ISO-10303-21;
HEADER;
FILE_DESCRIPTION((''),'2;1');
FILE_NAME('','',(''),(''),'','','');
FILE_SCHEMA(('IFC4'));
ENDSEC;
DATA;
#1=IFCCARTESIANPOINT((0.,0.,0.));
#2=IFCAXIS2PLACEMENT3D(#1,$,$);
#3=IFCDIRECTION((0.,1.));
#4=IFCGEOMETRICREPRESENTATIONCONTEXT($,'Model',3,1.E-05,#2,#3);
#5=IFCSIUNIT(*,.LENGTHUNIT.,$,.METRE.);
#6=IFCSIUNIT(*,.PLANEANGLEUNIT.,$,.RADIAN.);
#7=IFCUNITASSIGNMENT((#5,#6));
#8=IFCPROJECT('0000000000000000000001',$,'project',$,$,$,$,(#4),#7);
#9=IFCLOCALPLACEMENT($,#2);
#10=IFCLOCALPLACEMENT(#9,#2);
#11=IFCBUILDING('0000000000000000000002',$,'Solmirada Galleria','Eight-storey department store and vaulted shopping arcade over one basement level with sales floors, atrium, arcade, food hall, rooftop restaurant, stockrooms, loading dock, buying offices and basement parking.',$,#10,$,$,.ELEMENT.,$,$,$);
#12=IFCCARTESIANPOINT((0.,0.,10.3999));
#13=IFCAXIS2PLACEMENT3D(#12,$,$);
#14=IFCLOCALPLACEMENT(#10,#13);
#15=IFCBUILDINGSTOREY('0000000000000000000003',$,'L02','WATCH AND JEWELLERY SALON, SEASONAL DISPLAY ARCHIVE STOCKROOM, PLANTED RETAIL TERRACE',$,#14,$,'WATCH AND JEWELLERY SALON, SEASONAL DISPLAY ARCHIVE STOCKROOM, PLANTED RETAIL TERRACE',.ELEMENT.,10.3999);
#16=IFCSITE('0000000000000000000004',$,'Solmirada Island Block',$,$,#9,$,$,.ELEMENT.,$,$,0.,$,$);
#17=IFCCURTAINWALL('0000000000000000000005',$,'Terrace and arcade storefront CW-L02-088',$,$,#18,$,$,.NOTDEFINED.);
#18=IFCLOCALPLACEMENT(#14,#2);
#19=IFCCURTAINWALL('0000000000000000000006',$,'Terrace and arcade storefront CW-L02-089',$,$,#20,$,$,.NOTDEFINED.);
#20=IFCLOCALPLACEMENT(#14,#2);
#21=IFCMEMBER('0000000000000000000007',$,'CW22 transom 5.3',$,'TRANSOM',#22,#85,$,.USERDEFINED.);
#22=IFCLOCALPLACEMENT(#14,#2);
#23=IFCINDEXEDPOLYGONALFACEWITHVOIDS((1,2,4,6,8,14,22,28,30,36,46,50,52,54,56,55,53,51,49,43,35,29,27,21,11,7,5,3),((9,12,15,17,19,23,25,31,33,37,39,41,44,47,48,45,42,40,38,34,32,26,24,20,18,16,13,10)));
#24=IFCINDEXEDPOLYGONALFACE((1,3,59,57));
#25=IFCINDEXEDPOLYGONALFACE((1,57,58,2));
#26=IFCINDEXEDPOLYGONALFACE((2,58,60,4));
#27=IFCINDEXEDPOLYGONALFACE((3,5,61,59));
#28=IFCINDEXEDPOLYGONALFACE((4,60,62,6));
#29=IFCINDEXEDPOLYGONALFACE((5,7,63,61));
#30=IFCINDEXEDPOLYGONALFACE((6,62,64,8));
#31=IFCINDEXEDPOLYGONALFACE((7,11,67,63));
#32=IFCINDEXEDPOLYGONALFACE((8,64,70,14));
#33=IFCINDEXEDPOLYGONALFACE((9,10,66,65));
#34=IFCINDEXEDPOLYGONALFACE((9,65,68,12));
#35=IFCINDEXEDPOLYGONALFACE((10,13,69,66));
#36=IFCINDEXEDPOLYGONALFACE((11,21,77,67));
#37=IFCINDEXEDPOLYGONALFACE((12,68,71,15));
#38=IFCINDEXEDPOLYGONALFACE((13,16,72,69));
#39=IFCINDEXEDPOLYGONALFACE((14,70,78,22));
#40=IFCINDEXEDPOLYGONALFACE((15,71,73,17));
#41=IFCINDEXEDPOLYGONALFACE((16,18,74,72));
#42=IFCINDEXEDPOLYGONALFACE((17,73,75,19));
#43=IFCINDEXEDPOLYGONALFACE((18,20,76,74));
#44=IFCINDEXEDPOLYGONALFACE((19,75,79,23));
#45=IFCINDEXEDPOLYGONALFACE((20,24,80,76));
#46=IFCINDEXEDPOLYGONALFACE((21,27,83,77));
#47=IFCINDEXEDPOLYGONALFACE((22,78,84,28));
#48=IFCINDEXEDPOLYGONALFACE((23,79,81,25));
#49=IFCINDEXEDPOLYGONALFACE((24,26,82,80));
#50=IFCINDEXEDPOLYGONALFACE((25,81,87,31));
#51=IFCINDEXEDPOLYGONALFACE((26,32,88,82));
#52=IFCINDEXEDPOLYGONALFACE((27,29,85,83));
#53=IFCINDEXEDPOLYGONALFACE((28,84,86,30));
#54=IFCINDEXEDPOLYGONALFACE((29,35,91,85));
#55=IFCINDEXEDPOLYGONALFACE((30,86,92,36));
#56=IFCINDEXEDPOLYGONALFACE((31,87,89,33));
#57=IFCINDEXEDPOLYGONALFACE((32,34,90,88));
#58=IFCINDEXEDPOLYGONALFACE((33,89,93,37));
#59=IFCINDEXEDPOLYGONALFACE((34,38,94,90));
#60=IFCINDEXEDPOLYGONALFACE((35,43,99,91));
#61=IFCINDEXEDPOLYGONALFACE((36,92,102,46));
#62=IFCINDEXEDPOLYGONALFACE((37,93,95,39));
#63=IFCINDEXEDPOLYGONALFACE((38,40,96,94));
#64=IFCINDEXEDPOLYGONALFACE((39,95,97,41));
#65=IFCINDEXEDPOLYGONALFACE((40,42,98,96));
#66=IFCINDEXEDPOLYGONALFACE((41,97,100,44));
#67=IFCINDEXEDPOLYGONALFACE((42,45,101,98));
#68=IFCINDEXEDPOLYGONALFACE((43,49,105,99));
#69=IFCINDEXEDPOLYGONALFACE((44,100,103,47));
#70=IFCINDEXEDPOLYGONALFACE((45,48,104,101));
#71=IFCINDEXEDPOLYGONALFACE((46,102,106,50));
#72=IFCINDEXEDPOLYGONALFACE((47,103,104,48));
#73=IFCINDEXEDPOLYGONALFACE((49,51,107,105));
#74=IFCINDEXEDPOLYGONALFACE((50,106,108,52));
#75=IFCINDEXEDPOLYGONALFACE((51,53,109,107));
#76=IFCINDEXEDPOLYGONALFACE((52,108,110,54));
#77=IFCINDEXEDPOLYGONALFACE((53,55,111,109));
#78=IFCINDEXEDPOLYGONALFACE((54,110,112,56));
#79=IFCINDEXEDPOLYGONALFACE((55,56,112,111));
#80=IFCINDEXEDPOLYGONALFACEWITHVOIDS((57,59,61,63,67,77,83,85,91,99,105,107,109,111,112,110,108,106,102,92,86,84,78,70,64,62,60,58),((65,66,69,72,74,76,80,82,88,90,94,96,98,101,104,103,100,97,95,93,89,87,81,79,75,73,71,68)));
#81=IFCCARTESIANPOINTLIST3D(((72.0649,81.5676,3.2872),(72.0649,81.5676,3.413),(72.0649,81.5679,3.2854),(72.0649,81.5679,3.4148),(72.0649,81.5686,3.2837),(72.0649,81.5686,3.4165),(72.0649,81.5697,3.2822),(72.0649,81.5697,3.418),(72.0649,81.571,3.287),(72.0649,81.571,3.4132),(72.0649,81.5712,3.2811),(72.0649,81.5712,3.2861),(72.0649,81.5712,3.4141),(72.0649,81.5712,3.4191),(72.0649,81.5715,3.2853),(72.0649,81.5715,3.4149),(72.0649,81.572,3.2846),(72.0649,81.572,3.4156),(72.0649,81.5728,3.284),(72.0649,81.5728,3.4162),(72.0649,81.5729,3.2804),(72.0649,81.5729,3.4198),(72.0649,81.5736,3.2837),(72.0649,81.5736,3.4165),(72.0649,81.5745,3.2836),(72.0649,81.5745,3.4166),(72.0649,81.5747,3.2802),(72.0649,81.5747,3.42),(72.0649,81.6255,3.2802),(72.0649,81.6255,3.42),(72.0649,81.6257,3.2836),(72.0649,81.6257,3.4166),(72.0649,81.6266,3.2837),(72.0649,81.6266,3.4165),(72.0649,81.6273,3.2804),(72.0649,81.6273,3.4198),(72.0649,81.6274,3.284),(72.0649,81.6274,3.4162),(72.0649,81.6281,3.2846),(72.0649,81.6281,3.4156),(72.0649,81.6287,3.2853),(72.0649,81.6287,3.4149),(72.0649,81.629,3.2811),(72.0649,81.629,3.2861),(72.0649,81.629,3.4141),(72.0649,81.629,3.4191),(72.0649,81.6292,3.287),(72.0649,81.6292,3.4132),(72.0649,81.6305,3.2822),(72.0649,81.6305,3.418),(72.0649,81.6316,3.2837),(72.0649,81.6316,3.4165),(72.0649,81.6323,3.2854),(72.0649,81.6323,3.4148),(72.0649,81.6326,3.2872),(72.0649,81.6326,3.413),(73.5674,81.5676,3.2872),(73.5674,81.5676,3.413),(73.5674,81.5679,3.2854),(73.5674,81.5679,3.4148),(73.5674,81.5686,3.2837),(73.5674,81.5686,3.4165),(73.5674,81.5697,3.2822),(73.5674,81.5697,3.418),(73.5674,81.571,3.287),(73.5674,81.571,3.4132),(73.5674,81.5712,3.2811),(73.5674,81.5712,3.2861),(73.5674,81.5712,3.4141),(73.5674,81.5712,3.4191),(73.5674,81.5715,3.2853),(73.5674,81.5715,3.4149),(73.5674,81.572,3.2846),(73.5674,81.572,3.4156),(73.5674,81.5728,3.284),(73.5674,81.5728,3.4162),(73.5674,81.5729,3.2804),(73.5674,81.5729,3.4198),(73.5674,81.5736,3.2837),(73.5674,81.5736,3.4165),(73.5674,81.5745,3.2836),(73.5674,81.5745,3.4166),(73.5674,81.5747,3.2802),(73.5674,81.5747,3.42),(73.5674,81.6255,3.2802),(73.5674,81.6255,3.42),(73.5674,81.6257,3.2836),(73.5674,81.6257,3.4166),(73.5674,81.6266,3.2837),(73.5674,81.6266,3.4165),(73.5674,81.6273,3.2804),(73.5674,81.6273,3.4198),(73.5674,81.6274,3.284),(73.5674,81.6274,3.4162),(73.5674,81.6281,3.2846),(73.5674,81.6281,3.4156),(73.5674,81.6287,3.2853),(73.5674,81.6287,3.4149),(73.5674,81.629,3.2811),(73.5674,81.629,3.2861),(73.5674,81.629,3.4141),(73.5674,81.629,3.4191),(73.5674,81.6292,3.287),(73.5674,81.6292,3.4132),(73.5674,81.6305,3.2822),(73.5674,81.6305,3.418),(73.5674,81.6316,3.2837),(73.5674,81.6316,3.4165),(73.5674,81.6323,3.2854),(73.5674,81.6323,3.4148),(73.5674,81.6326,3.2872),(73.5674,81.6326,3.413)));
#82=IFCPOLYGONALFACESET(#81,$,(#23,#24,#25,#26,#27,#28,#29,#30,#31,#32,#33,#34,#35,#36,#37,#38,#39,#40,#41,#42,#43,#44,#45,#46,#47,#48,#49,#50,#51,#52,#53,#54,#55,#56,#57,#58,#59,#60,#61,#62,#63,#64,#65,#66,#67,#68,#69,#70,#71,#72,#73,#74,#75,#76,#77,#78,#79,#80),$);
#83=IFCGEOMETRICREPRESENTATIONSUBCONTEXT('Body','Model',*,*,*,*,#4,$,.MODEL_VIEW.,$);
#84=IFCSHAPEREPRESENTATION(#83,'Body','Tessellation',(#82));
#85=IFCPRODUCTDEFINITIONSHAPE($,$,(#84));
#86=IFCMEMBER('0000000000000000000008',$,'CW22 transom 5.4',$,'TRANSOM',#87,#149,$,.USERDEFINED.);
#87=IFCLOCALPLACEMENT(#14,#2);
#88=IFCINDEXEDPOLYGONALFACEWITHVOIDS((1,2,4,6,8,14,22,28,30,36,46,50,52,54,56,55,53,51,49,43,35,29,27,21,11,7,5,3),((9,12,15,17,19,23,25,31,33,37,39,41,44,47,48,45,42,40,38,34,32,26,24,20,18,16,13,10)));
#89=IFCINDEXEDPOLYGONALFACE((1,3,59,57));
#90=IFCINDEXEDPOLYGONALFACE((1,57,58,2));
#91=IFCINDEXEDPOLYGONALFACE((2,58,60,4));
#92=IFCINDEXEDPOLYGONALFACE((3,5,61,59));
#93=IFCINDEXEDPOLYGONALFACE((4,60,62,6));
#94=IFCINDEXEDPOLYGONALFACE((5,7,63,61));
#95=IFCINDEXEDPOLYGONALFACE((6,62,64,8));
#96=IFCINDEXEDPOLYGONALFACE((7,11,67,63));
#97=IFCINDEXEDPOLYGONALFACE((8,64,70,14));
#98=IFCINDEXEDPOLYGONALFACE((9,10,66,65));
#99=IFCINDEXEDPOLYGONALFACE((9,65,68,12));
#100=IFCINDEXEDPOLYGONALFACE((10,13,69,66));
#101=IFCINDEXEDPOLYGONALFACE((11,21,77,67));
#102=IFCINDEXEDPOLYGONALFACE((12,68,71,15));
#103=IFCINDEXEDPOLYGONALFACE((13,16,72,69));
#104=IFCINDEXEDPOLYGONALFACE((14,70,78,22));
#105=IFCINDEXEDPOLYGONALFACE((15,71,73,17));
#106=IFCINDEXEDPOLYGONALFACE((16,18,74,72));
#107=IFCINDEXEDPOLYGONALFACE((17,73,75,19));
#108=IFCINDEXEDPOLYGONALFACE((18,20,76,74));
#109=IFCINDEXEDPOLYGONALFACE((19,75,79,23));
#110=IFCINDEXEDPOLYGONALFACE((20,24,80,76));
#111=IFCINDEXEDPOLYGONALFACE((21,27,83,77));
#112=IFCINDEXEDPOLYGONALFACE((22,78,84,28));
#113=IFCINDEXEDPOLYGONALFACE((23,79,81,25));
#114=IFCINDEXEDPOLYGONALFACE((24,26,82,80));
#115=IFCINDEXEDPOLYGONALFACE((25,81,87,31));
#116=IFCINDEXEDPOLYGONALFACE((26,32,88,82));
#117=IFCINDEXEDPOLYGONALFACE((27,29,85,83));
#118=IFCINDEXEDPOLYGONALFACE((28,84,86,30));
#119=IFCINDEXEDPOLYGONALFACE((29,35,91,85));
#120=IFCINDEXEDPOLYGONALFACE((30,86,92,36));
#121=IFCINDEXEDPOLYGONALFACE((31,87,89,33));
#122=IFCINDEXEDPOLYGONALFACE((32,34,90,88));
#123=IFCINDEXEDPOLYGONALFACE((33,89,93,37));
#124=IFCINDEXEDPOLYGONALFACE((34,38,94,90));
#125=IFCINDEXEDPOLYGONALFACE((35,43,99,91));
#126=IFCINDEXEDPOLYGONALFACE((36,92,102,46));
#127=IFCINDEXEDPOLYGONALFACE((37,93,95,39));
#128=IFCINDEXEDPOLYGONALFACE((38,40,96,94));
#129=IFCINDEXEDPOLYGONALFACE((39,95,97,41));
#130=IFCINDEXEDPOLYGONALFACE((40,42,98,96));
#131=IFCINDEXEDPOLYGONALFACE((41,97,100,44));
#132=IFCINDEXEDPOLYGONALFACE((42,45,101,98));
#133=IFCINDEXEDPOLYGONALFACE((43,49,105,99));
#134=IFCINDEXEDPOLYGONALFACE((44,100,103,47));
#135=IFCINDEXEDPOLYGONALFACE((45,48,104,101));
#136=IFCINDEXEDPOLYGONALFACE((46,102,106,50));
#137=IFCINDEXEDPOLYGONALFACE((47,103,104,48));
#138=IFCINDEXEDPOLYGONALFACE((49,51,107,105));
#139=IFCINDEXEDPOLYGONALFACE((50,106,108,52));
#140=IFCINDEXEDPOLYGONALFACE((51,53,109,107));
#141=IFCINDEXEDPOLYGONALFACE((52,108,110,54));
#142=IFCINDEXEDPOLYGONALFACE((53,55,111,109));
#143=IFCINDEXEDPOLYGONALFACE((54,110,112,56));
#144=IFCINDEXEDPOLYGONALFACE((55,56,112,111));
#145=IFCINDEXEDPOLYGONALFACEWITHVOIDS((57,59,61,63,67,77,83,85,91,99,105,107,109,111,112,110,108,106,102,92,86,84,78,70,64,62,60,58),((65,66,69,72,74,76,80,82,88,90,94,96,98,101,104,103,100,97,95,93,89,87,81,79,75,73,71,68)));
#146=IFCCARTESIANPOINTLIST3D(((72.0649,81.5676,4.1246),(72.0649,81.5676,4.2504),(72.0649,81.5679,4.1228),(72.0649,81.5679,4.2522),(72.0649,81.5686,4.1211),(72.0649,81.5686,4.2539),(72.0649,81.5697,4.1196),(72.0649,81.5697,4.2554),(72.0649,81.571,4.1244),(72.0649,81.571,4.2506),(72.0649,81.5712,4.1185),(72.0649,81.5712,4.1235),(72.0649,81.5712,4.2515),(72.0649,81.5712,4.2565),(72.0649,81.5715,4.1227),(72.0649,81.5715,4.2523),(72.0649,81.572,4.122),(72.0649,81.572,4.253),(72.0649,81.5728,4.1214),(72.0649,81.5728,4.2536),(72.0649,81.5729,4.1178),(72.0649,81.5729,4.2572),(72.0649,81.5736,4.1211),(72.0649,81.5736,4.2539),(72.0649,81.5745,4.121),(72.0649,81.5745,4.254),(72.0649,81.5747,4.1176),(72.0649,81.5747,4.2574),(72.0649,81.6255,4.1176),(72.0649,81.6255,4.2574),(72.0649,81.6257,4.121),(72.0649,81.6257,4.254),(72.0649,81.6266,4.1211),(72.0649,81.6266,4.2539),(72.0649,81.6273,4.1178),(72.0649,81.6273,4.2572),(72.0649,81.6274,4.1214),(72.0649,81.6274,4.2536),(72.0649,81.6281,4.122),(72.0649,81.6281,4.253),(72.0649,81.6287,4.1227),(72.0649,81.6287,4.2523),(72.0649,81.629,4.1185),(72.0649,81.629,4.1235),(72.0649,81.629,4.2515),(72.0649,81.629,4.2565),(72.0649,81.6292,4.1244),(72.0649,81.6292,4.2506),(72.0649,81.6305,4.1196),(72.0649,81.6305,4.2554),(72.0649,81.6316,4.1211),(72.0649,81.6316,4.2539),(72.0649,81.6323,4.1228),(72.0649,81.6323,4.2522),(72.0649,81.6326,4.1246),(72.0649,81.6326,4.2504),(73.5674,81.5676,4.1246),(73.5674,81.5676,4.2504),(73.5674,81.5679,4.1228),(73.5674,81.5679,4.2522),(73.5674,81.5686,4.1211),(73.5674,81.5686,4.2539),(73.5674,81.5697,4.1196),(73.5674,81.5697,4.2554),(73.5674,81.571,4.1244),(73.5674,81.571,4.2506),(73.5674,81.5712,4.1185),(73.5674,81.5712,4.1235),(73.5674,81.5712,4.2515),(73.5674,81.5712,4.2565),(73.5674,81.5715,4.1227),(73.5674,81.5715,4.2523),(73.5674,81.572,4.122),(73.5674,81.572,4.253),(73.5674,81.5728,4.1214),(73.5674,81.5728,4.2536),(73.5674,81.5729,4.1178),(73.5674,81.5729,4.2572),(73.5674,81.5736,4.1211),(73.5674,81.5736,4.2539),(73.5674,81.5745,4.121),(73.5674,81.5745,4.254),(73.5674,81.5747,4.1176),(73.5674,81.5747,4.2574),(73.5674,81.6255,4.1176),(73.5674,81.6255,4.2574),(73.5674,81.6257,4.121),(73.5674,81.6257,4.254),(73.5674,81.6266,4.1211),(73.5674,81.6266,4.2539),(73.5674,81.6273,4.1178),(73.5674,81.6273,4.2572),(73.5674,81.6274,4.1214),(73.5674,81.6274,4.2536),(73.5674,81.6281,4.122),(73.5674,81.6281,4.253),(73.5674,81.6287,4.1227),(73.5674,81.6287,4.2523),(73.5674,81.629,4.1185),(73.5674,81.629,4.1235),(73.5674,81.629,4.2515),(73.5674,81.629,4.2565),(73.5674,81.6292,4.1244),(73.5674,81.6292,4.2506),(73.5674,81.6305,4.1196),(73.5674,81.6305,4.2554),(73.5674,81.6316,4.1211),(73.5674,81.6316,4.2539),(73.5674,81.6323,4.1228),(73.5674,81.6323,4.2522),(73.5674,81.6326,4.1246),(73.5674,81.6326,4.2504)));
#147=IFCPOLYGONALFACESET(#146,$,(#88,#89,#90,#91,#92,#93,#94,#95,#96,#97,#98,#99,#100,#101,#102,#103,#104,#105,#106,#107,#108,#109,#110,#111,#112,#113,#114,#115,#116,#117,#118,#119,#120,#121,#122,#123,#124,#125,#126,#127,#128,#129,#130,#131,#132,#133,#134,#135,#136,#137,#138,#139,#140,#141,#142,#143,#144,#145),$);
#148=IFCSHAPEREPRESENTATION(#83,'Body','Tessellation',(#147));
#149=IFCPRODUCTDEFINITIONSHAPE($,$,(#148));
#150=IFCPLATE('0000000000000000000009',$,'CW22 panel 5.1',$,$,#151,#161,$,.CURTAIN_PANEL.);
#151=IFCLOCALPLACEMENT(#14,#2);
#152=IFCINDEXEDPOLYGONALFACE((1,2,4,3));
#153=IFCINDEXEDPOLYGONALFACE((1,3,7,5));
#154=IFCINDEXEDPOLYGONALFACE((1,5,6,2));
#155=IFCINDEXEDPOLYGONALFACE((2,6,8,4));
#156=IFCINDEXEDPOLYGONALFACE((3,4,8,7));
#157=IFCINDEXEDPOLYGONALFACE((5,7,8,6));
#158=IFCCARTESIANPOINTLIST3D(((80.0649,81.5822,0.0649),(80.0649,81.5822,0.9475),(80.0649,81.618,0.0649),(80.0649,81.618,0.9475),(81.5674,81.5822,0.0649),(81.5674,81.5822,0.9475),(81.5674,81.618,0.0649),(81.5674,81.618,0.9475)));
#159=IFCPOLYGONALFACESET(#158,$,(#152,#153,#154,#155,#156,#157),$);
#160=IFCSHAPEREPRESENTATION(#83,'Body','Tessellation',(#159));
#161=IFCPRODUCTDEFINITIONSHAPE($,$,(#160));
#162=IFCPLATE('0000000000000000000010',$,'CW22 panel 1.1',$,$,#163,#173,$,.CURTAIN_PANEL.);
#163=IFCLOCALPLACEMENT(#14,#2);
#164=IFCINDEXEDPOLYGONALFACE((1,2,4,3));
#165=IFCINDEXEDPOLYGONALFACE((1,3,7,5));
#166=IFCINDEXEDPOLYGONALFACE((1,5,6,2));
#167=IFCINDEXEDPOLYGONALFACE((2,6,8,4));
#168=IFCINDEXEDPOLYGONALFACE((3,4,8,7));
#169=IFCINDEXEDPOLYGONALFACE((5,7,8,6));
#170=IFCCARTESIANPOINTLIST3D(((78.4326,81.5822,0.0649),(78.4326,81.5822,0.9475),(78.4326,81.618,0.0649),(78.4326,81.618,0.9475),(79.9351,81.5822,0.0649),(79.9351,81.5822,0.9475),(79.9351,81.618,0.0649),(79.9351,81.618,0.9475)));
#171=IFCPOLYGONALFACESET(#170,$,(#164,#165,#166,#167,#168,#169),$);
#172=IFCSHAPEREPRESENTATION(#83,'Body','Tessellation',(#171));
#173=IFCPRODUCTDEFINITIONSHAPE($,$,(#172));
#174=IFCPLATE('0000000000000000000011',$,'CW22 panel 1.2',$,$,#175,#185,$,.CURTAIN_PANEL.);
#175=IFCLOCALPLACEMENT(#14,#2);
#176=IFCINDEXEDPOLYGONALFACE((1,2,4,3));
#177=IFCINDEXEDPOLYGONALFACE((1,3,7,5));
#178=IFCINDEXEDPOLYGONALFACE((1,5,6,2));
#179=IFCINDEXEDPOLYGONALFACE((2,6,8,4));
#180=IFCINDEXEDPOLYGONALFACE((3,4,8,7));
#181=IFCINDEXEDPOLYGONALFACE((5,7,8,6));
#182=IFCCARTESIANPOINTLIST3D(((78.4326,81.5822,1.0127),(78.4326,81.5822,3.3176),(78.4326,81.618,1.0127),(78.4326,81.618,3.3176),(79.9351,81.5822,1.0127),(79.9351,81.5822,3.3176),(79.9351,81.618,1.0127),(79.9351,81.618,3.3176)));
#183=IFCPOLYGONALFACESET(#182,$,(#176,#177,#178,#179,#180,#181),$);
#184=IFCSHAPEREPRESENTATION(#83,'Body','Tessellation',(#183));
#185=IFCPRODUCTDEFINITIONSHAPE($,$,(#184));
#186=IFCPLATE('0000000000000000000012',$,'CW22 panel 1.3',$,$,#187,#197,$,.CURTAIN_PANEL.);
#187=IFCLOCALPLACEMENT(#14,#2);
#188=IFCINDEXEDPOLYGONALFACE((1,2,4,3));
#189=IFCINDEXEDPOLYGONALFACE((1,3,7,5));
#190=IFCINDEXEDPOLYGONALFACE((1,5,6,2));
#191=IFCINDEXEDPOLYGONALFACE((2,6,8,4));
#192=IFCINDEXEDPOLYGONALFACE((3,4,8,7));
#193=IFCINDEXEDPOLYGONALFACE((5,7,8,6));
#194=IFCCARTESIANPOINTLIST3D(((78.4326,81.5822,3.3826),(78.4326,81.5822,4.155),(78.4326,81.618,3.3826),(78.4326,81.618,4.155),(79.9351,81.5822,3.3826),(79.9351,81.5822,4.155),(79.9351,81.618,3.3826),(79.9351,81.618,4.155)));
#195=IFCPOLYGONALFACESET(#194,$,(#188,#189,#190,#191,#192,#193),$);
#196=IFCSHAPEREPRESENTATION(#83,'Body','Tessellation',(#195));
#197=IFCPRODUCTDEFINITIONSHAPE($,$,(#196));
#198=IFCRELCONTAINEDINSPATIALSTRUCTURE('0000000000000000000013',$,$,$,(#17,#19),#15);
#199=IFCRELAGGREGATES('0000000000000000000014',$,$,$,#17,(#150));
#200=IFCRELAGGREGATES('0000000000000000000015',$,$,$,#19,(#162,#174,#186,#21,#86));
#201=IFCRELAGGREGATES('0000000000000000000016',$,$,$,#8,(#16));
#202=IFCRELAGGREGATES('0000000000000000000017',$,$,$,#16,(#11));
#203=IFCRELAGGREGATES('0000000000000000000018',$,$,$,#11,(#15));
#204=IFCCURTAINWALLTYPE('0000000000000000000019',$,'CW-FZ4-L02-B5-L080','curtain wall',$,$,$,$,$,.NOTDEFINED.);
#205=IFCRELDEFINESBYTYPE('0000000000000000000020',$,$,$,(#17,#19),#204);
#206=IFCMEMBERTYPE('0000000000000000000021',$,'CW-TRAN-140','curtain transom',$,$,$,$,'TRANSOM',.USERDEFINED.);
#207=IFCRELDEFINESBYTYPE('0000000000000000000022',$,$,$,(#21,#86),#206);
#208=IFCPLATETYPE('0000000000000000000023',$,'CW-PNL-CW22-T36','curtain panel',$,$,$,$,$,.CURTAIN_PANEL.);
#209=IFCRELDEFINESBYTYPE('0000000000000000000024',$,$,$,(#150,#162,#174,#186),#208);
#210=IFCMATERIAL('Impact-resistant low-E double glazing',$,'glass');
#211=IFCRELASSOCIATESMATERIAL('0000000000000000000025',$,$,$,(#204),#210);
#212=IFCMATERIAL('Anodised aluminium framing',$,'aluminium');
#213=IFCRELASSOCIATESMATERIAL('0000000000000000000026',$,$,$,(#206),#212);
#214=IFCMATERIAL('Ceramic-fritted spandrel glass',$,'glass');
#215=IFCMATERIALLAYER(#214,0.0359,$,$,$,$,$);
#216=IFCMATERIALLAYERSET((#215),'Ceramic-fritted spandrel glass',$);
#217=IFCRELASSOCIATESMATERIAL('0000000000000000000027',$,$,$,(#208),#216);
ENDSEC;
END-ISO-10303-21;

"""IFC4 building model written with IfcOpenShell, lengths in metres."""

from ifc_helpers import new_model, si_unit, direction, frame, origin, origin_2d, place, context, subcontext, project, spatial, rectangle, hollow_rectangle, extrude, material, layer, layer_set, material_profile, profile_set, type_object, element, aggregate, save


model = new_model("IFC4")

# Units and contexts
model_context = context("Model", 3, precision=1e-05, world=origin(), true_north=direction((0.0, 1.0)))
body_context = subcontext(model_context, "Body", "Model", "MODEL_VIEW")
ifc_project = project(units=[si_unit("LENGTHUNIT", "METRE"), si_unit("PLANEANGLEUNIT", "RADIAN")], contexts=[model_context])

# Site, building, storey
site_placement = place(None, origin())
site = spatial("IfcSite", under=ifc_project, at=site_placement, Name="Solmirada Island Block", CompositionType="ELEMENT", RefElevation=0.0)
building_placement = place(site_placement, origin())
building = spatial("IfcBuilding", under=site, at=building_placement, Name="Solmirada Galleria", Description="Eight-storey department store and vaulted shopping arcade over one basement level with sales floors, atrium, arcade, food hall, rooftop restaurant, stockrooms, loading dock, buying offices and basement parking.", CompositionType="ELEMENT")
storey_placement = place(building_placement, frame((0.0, 0.0, 10.3999)))
storey = spatial("IfcBuildingStorey", under=building, at=storey_placement, Name="L02", Description="WATCH AND JEWELLERY SALON, SEASONAL DISPLAY ARCHIVE STOCKROOM, PLANTED RETAIL TERRACE", LongName="WATCH AND JEWELLERY SALON, SEASONAL DISPLAY ARCHIVE STOCKROOM, PLANTED RETAIL TERRACE", CompositionType="ELEMENT", Elevation=10.3999)

# Curtain wall
ifc_material_1 = material(Name="Impact-resistant low-E double glazing", Category="glass")
curtain_wall_type = type_object("IfcCurtainWallType", Name="CW-FZ4-L02-B5-L080", Description="curtain wall", PredefinedType="NOTDEFINED", material=ifc_material_1)
curtain_wall_1_placement = place(storey_placement, origin())
curtain_wall_1 = element("IfcCurtainWall", 1, at=curtain_wall_1_placement, inside=storey, type_object=curtain_wall_type, Name="Terrace and arcade storefront CW-L02-088", PredefinedType="NOTDEFINED")
ifc_material_2 = material(Name="Anodised aluminium framing", Category="aluminium")

# Curtain wall, members
curtain_wall_2_placement = place(storey_placement, origin())
curtain_wall_2 = element("IfcCurtainWall", 2, at=curtain_wall_2_placement, inside=storey, type_object=curtain_wall_type, Name="Terrace and arcade storefront CW-L02-089", PredefinedType="NOTDEFINED")
ifc_material_profile_1 = material_profile(ifc_material_2, hollow_rectangle(XDim=0.0649, YDim=0.1399, WallThickness=0.0034, InnerFilletRadius=0.0034, OuterFilletRadius=0.0071, at=origin_2d()), Name="ALU-TRAN-140X65")
ifc_profile_set_1 = profile_set([ifc_material_profile_1], Name="Anodised aluminium framing")
member_type_1 = type_object("IfcMemberType", Name="CW-TRAN-140", Description="curtain transom", ElementType="TRANSOM", PredefinedType="USERDEFINED", material=ifc_profile_set_1)
member_1_placement = place(storey_placement, frame((73.5674, 81.6001, 3.3501), z_axis=(-1.0, 0.0, 0.0), x_axis=(0.0, -1.0, 0.0)))
member_1 = element("IfcMember", 3, at=member_1_placement, type_object=member_type_1, Name="CW22 transom 5.3", ObjectType="TRANSOM", PredefinedType="USERDEFINED", context=body_context, shape_type="SweptSolid", body=[
    extrude(hollow_rectangle(XDim=0.0649, YDim=0.1399, WallThickness=0.0034, InnerFilletRadius=0.0034, OuterFilletRadius=0.0071, at=origin_2d()), origin(), (0.0, 0.0, 1.0), 1.5024),
])
member_2_placement = place(storey_placement, frame((73.5674, 81.6001, 4.1875), z_axis=(-1.0, 0.0, 0.0), x_axis=(0.0, -1.0, 0.0)))
member_2 = element("IfcMember", 4, at=member_2_placement, type_object=member_type_1, Name="CW22 transom 5.4", ObjectType="TRANSOM", PredefinedType="USERDEFINED", context=body_context, shape_type="SweptSolid", body=[
    extrude(hollow_rectangle(XDim=0.0649, YDim=0.1399, WallThickness=0.0034, InnerFilletRadius=0.0034, OuterFilletRadius=0.0071, at=origin_2d()), origin(), (0.0, 0.0, 1.0), 1.5024),
])

# Plates
ifc_material_3 = material(Name="Ceramic-fritted spandrel glass", Category="glass")
ifc_layer = layer(ifc_material_3, 0.0359)
ifc_layer_set = layer_set([ifc_layer], Name="Ceramic-fritted spandrel glass")
plate_type = type_object("IfcPlateType", Name="CW-PNL-CW22-T36", Description="curtain panel", PredefinedType="CURTAIN_PANEL", material=ifc_layer_set)
plate_1_placement = place(storey_placement, frame((80.8162, 81.6001, 0.0649), z_axis=(0.0, 0.0, 1.0), x_axis=(-1.0, 0.0, 0.0)))
plate_1 = element("IfcPlate", 5, at=plate_1_placement, type_object=plate_type, Name="CW22 panel 5.1", PredefinedType="CURTAIN_PANEL", context=body_context, shape_type="SweptSolid", body=[
    extrude(rectangle(XDim=1.5024, YDim=0.0359, at=origin_2d()), origin(), (0.0, 0.0, 1.0), 0.8826),
])
aggregate(curtain_wall_1, [plate_1])
plate_2_placement = place(storey_placement, frame((79.1838, 81.6001, 0.0649), z_axis=(0.0, 0.0, 1.0), x_axis=(-1.0, 0.0, 0.0)))
plate_2 = element("IfcPlate", 6, at=plate_2_placement, type_object=plate_type, Name="CW22 panel 1.1", PredefinedType="CURTAIN_PANEL", context=body_context, shape_type="SweptSolid", body=[
    extrude(rectangle(XDim=1.5024, YDim=0.0359, at=origin_2d()), origin(), (0.0, 0.0, 1.0), 0.8826),
])
plate_3_placement = place(storey_placement, frame((79.1838, 81.6001, 1.0127), z_axis=(0.0, 0.0, 1.0), x_axis=(-1.0, 0.0, 0.0)))
plate_3 = element("IfcPlate", 7, at=plate_3_placement, type_object=plate_type, Name="CW22 panel 1.2", PredefinedType="CURTAIN_PANEL", context=body_context, shape_type="SweptSolid", body=[
    extrude(rectangle(XDim=1.5024, YDim=0.0359, at=origin_2d()), origin(), (0.0, 0.0, 1.0), 2.3049),
])
plate_4_placement = place(storey_placement, frame((79.1838, 81.6001, 3.3826), z_axis=(0.0, 0.0, 1.0), x_axis=(-1.0, 0.0, 0.0)))
plate_4 = element("IfcPlate", 8, at=plate_4_placement, type_object=plate_type, Name="CW22 panel 1.3", PredefinedType="CURTAIN_PANEL", context=body_context, shape_type="SweptSolid", body=[
    extrude(rectangle(XDim=1.5024, YDim=0.0359, at=origin_2d()), origin(), (0.0, 0.0, 1.0), 0.7725),
])
aggregate(curtain_wall_2, [plate_2, plate_3, plate_4, member_1, member_2])

save(model, "model.ifc")
